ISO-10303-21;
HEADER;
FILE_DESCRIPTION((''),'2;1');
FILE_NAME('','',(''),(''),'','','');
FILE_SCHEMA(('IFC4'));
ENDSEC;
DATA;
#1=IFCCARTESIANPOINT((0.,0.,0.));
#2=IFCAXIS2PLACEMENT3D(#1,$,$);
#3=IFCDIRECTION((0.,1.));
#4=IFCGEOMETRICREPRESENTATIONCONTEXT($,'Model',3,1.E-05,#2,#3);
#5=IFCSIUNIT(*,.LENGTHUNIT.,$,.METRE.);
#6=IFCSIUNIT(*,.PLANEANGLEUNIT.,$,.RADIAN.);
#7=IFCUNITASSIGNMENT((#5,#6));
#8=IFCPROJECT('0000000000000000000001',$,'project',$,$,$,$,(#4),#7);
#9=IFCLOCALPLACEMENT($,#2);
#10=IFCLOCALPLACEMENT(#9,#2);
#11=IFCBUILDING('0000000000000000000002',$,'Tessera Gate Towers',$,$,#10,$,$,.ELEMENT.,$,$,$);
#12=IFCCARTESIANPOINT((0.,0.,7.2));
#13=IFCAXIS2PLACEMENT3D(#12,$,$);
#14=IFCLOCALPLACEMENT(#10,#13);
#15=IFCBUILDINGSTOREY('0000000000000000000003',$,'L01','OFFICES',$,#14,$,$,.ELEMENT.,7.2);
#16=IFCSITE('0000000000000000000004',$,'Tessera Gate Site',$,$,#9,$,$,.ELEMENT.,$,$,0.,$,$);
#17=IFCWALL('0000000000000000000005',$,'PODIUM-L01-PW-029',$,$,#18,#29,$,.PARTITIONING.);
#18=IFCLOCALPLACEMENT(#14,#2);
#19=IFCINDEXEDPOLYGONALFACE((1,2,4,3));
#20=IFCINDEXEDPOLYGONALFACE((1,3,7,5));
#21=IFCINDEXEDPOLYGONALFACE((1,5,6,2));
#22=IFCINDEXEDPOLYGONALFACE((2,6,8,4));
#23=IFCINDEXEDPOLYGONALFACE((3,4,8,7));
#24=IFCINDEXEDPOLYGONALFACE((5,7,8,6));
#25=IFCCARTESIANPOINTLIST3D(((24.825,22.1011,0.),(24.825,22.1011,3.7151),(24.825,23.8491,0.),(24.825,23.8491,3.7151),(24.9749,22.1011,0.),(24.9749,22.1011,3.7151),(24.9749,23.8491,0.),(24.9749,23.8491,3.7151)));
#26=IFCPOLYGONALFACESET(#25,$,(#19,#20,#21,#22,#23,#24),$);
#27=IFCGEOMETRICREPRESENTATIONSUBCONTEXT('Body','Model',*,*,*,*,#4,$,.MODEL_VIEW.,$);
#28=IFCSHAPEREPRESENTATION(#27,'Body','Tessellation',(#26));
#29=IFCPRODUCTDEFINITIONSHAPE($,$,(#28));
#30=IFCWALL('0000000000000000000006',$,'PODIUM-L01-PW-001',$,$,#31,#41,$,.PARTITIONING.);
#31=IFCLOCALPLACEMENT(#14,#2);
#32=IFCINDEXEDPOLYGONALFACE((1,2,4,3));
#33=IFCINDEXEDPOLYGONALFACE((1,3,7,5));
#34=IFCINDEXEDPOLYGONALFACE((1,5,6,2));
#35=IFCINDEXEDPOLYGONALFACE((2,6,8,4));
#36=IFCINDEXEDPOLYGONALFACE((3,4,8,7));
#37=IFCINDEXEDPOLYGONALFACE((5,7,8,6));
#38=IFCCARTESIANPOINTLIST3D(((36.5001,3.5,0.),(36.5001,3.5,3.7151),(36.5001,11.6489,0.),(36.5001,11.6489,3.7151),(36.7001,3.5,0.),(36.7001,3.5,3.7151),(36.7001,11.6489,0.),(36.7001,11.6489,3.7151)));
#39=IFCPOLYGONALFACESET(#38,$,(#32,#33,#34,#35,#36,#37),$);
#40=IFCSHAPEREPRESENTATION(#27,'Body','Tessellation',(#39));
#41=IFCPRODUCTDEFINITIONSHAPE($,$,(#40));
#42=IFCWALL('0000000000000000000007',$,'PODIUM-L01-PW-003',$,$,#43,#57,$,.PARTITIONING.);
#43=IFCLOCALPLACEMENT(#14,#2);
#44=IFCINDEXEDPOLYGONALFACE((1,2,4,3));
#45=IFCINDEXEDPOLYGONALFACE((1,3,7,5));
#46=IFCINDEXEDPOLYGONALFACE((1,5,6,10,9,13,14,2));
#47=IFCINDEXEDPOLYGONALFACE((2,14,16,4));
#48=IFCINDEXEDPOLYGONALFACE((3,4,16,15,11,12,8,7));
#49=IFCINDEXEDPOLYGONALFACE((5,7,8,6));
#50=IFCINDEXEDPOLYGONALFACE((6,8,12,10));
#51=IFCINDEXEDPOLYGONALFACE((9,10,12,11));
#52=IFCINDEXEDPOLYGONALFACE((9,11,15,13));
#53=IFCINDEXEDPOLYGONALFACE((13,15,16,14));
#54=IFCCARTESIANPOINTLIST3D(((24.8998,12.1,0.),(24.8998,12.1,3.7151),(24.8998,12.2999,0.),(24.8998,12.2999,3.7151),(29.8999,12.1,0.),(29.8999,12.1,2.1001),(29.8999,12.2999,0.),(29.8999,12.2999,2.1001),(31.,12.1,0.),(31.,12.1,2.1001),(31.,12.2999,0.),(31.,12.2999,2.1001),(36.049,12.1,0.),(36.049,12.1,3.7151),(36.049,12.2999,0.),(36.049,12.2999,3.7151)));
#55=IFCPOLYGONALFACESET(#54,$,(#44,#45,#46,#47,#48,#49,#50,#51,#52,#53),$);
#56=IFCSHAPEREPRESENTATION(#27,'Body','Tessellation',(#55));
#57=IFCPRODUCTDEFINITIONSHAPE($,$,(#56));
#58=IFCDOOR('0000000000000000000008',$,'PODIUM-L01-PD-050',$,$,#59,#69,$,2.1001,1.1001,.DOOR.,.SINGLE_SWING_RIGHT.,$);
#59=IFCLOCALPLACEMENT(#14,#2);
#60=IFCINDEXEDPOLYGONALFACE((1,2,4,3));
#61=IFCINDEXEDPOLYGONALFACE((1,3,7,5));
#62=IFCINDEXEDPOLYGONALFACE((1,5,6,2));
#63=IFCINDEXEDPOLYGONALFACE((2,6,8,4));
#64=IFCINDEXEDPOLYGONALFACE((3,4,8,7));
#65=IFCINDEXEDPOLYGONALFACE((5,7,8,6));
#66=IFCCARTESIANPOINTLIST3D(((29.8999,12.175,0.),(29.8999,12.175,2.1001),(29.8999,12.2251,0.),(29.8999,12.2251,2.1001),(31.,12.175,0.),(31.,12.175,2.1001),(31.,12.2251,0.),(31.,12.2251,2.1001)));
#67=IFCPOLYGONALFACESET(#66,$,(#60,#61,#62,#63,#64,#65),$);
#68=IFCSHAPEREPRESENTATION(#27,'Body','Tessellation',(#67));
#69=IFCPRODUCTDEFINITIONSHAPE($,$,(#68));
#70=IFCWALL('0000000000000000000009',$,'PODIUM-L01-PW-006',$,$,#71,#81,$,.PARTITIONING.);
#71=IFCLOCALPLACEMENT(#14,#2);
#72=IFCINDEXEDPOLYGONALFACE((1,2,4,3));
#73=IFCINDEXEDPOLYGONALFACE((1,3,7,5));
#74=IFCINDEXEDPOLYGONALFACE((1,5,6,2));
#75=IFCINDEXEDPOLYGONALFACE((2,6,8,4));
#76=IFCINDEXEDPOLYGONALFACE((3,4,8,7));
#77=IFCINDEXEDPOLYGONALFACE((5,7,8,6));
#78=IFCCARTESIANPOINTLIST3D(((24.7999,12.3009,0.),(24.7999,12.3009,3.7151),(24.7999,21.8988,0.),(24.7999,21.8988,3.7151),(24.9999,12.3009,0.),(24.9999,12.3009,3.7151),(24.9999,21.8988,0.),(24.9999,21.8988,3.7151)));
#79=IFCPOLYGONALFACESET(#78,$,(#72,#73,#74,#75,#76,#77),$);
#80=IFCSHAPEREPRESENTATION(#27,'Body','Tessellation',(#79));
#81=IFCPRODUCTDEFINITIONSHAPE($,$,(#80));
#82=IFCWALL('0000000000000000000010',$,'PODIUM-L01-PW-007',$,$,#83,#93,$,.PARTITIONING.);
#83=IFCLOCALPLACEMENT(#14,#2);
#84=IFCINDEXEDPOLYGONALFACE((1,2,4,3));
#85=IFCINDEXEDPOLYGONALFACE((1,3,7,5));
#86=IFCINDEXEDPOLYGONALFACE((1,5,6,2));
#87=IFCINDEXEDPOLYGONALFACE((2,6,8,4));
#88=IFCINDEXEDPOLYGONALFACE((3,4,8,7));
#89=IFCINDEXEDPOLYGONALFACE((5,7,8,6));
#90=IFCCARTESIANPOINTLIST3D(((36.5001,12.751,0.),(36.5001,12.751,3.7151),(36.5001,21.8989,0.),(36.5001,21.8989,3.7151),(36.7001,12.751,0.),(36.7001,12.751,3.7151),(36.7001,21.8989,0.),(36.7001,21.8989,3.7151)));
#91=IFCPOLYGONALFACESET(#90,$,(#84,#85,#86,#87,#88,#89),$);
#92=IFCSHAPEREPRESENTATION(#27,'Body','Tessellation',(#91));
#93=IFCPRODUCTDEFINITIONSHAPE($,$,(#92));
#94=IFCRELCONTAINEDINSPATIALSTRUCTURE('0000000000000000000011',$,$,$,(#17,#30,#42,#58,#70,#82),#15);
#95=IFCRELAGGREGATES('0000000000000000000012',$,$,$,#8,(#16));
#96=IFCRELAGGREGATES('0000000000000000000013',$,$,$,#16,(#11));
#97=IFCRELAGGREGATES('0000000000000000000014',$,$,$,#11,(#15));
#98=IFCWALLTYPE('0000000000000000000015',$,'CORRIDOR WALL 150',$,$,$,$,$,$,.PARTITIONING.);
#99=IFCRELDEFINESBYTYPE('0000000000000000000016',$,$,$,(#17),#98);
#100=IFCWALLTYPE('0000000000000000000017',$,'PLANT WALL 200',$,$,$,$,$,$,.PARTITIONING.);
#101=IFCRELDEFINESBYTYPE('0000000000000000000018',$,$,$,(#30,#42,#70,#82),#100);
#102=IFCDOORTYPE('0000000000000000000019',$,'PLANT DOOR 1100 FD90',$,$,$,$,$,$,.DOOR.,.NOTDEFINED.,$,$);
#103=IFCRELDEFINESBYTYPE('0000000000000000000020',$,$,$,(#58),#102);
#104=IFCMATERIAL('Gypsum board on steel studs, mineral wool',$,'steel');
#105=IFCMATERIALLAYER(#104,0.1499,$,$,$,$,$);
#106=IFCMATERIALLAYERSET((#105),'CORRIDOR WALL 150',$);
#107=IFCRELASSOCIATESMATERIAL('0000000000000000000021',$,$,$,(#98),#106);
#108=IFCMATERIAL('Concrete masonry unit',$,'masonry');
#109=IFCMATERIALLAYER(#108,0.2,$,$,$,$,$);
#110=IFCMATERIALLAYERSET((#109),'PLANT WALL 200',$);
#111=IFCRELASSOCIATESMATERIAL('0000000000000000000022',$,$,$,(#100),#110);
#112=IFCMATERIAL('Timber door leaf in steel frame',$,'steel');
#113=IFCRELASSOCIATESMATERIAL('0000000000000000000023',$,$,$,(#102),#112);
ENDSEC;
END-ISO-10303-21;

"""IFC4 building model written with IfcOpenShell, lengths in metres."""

from ifc_helpers import new_model, si_unit, direction, frame, frame_2d, origin, place, context, subcontext, project, spatial, rectangle, extrude, source, transform, mapped, material, layer, layer_set, type_object, element, fill, save


model = new_model("IFC4")

# Units and contexts
model_context = context("Model", 3, precision=1e-05, world=origin(), true_north=direction((0.0, 1.0)))
body_context = subcontext(model_context, "Body", "Model", "MODEL_VIEW")
ifc_project = project(units=[si_unit("LENGTHUNIT", "METRE"), si_unit("PLANEANGLEUNIT", "RADIAN")], contexts=[model_context])

# Site, building, storey
site_placement = place(None, origin())
site = spatial("IfcSite", under=ifc_project, at=site_placement, Name="Tessera Gate Site", CompositionType="ELEMENT", RefElevation=0.0)
building_placement = place(site_placement, origin())
building = spatial("IfcBuilding", under=site, at=building_placement, Name="Tessera Gate Towers", CompositionType="ELEMENT")
storey_placement = place(building_placement, frame((0.0, 0.0, 7.2)))
storey = spatial("IfcBuildingStorey", under=building, at=storey_placement, Name="L01", Description="OFFICES", CompositionType="ELEMENT", Elevation=7.2)

# Walls
ifc_material_1 = material(Name="Gypsum board on steel studs, mineral wool", Category="steel")
ifc_layer_1 = layer(ifc_material_1, 0.1499)
ifc_layer_set_1 = layer_set([ifc_layer_1], Name="CORRIDOR WALL 150")
wall_type_1 = type_object("IfcWallType", Name="CORRIDOR WALL 150", PredefinedType="PARTITIONING", material=ifc_layer_set_1)
wall_1_placement = place(storey_placement, frame((24.8999, 22.1011, 0.0), z_axis=(0.0, 0.0, 1.0), x_axis=(0.0, 1.0, 0.0)))
element("IfcWall", 1, at=wall_1_placement, inside=storey, type_object=wall_type_1, Name="PODIUM-L01-PW-029", PredefinedType="PARTITIONING", context=body_context, shape_type="SweptSolid", body=[
    extrude(rectangle(XDim=1.748, YDim=0.1499, at=frame_2d((0.874, 0.0))), origin(), (0.0, 0.0, 1.0), 3.7151),
])
ifc_material_2 = material(Name="Concrete masonry unit", Category="masonry")
ifc_layer_2 = layer(ifc_material_2, 0.2)
ifc_layer_set_2 = layer_set([ifc_layer_2], Name="PLANT WALL 200")
wall_type_2 = type_object("IfcWallType", Name="PLANT WALL 200", PredefinedType="PARTITIONING", material=ifc_layer_set_2)
wall_2_placement = place(storey_placement, frame((36.6001, 3.5, 0.0), z_axis=(0.0, 0.0, 1.0), x_axis=(0.0, 1.0, 0.0)))
element("IfcWall", 2, at=wall_2_placement, inside=storey, type_object=wall_type_2, Name="PODIUM-L01-PW-001", PredefinedType="PARTITIONING", context=body_context, shape_type="SweptSolid", body=[
    extrude(rectangle(XDim=8.1489, YDim=0.2, at=frame_2d((4.0745, 0.0))), origin(), (0.0, 0.0, 1.0), 3.7151),
])

# Wall, opening, door
wall_3_placement = place(storey_placement, frame((36.0491, 12.2, 0.0), z_axis=(0.0, 0.0, 1.0), x_axis=(-1.0, 0.0, 0.0)))
wall_3 = element("IfcWall", 3, at=wall_3_placement, inside=storey, type_object=wall_type_2, Name="PODIUM-L01-PW-003", PredefinedType="PARTITIONING", context=body_context, shape_type="SweptSolid", body=[
    extrude(rectangle(XDim=11.1492, YDim=0.2, at=frame_2d((5.5747, 0.0))), origin(), (0.0, 0.0, 1.0), 3.7151),
])
shared_shape_1 = source(origin(), body_context, "Body", "SweptSolid", [
    extrude(rectangle(XDim=1.1001, YDim=2.1001, at=frame_2d((0.55, 1.05))), frame((0.0, 0.1099, 0.0), z_axis=(0.0, -1.0, 0.0), x_axis=(1.0, 0.0, 0.0)), (0.0, 0.0, 1.0), 0.22),
])
opening_placement = place(wall_3_placement, frame((5.0491, 0.0, 0.0)))
opening = element("IfcOpeningElement", 4, at=opening_placement, cuts=wall_3, PredefinedType="OPENING", context=body_context, shape_type="MappedRepresentation", body=[
    mapped(shared_shape_1, transform((0.0, 0.0, 0.0), scale=1.0)),
])
ifc_material_3 = material(Name="Timber door leaf in steel frame", Category="steel")
door_type = type_object("IfcDoorType", Name="PLANT DOOR 1100 FD90", OperationType="NOTDEFINED", PredefinedType="DOOR", material=ifc_material_3)
shared_shape_2 = source(origin(), body_context, "Body", "SweptSolid", [
    extrude(rectangle(XDim=1.1001, YDim=2.1001, at=frame_2d((0.55, 1.05))), frame((0.0, 0.0249, 0.0), z_axis=(0.0, -1.0, 0.0), x_axis=(1.0, 0.0, 0.0)), (0.0, 0.0, 1.0), 0.05),
])
door_placement = place(opening_placement, origin())
door = element("IfcDoor", 5, at=door_placement, inside=storey, type_object=door_type, Name="PODIUM-L01-PD-050", OperationType="SINGLE_SWING_RIGHT", OverallHeight=2.1001, OverallWidth=1.1001, PredefinedType="DOOR", context=body_context, shape_type="MappedRepresentation", body=[
    mapped(shared_shape_2, transform((0.0, 0.0, 0.0), scale=1.0)),
])
fill(opening, door)

# Walls
wall_4_placement = place(storey_placement, frame((24.8999, 12.301, 0.0), z_axis=(0.0, 0.0, 1.0), x_axis=(0.0, 1.0, 0.0)))
element("IfcWall", 6, at=wall_4_placement, inside=storey, type_object=wall_type_2, Name="PODIUM-L01-PW-006", PredefinedType="PARTITIONING", context=body_context, shape_type="SweptSolid", body=[
    extrude(rectangle(XDim=9.5979, YDim=0.2, at=frame_2d((4.7988, 0.0))), origin(), (0.0, 0.0, 1.0), 3.7151),
])
wall_5_placement = place(storey_placement, frame((36.6001, 12.751, 0.0), z_axis=(0.0, 0.0, 1.0), x_axis=(0.0, 1.0, 0.0)))
element("IfcWall", 7, at=wall_5_placement, inside=storey, type_object=wall_type_2, Name="PODIUM-L01-PW-007", PredefinedType="PARTITIONING", context=body_context, shape_type="SweptSolid", body=[
    extrude(rectangle(XDim=9.1479, YDim=0.2, at=frame_2d((4.574, 0.0))), origin(), (0.0, 0.0, 1.0), 3.7151),
])

save(model, "model.ifc")
